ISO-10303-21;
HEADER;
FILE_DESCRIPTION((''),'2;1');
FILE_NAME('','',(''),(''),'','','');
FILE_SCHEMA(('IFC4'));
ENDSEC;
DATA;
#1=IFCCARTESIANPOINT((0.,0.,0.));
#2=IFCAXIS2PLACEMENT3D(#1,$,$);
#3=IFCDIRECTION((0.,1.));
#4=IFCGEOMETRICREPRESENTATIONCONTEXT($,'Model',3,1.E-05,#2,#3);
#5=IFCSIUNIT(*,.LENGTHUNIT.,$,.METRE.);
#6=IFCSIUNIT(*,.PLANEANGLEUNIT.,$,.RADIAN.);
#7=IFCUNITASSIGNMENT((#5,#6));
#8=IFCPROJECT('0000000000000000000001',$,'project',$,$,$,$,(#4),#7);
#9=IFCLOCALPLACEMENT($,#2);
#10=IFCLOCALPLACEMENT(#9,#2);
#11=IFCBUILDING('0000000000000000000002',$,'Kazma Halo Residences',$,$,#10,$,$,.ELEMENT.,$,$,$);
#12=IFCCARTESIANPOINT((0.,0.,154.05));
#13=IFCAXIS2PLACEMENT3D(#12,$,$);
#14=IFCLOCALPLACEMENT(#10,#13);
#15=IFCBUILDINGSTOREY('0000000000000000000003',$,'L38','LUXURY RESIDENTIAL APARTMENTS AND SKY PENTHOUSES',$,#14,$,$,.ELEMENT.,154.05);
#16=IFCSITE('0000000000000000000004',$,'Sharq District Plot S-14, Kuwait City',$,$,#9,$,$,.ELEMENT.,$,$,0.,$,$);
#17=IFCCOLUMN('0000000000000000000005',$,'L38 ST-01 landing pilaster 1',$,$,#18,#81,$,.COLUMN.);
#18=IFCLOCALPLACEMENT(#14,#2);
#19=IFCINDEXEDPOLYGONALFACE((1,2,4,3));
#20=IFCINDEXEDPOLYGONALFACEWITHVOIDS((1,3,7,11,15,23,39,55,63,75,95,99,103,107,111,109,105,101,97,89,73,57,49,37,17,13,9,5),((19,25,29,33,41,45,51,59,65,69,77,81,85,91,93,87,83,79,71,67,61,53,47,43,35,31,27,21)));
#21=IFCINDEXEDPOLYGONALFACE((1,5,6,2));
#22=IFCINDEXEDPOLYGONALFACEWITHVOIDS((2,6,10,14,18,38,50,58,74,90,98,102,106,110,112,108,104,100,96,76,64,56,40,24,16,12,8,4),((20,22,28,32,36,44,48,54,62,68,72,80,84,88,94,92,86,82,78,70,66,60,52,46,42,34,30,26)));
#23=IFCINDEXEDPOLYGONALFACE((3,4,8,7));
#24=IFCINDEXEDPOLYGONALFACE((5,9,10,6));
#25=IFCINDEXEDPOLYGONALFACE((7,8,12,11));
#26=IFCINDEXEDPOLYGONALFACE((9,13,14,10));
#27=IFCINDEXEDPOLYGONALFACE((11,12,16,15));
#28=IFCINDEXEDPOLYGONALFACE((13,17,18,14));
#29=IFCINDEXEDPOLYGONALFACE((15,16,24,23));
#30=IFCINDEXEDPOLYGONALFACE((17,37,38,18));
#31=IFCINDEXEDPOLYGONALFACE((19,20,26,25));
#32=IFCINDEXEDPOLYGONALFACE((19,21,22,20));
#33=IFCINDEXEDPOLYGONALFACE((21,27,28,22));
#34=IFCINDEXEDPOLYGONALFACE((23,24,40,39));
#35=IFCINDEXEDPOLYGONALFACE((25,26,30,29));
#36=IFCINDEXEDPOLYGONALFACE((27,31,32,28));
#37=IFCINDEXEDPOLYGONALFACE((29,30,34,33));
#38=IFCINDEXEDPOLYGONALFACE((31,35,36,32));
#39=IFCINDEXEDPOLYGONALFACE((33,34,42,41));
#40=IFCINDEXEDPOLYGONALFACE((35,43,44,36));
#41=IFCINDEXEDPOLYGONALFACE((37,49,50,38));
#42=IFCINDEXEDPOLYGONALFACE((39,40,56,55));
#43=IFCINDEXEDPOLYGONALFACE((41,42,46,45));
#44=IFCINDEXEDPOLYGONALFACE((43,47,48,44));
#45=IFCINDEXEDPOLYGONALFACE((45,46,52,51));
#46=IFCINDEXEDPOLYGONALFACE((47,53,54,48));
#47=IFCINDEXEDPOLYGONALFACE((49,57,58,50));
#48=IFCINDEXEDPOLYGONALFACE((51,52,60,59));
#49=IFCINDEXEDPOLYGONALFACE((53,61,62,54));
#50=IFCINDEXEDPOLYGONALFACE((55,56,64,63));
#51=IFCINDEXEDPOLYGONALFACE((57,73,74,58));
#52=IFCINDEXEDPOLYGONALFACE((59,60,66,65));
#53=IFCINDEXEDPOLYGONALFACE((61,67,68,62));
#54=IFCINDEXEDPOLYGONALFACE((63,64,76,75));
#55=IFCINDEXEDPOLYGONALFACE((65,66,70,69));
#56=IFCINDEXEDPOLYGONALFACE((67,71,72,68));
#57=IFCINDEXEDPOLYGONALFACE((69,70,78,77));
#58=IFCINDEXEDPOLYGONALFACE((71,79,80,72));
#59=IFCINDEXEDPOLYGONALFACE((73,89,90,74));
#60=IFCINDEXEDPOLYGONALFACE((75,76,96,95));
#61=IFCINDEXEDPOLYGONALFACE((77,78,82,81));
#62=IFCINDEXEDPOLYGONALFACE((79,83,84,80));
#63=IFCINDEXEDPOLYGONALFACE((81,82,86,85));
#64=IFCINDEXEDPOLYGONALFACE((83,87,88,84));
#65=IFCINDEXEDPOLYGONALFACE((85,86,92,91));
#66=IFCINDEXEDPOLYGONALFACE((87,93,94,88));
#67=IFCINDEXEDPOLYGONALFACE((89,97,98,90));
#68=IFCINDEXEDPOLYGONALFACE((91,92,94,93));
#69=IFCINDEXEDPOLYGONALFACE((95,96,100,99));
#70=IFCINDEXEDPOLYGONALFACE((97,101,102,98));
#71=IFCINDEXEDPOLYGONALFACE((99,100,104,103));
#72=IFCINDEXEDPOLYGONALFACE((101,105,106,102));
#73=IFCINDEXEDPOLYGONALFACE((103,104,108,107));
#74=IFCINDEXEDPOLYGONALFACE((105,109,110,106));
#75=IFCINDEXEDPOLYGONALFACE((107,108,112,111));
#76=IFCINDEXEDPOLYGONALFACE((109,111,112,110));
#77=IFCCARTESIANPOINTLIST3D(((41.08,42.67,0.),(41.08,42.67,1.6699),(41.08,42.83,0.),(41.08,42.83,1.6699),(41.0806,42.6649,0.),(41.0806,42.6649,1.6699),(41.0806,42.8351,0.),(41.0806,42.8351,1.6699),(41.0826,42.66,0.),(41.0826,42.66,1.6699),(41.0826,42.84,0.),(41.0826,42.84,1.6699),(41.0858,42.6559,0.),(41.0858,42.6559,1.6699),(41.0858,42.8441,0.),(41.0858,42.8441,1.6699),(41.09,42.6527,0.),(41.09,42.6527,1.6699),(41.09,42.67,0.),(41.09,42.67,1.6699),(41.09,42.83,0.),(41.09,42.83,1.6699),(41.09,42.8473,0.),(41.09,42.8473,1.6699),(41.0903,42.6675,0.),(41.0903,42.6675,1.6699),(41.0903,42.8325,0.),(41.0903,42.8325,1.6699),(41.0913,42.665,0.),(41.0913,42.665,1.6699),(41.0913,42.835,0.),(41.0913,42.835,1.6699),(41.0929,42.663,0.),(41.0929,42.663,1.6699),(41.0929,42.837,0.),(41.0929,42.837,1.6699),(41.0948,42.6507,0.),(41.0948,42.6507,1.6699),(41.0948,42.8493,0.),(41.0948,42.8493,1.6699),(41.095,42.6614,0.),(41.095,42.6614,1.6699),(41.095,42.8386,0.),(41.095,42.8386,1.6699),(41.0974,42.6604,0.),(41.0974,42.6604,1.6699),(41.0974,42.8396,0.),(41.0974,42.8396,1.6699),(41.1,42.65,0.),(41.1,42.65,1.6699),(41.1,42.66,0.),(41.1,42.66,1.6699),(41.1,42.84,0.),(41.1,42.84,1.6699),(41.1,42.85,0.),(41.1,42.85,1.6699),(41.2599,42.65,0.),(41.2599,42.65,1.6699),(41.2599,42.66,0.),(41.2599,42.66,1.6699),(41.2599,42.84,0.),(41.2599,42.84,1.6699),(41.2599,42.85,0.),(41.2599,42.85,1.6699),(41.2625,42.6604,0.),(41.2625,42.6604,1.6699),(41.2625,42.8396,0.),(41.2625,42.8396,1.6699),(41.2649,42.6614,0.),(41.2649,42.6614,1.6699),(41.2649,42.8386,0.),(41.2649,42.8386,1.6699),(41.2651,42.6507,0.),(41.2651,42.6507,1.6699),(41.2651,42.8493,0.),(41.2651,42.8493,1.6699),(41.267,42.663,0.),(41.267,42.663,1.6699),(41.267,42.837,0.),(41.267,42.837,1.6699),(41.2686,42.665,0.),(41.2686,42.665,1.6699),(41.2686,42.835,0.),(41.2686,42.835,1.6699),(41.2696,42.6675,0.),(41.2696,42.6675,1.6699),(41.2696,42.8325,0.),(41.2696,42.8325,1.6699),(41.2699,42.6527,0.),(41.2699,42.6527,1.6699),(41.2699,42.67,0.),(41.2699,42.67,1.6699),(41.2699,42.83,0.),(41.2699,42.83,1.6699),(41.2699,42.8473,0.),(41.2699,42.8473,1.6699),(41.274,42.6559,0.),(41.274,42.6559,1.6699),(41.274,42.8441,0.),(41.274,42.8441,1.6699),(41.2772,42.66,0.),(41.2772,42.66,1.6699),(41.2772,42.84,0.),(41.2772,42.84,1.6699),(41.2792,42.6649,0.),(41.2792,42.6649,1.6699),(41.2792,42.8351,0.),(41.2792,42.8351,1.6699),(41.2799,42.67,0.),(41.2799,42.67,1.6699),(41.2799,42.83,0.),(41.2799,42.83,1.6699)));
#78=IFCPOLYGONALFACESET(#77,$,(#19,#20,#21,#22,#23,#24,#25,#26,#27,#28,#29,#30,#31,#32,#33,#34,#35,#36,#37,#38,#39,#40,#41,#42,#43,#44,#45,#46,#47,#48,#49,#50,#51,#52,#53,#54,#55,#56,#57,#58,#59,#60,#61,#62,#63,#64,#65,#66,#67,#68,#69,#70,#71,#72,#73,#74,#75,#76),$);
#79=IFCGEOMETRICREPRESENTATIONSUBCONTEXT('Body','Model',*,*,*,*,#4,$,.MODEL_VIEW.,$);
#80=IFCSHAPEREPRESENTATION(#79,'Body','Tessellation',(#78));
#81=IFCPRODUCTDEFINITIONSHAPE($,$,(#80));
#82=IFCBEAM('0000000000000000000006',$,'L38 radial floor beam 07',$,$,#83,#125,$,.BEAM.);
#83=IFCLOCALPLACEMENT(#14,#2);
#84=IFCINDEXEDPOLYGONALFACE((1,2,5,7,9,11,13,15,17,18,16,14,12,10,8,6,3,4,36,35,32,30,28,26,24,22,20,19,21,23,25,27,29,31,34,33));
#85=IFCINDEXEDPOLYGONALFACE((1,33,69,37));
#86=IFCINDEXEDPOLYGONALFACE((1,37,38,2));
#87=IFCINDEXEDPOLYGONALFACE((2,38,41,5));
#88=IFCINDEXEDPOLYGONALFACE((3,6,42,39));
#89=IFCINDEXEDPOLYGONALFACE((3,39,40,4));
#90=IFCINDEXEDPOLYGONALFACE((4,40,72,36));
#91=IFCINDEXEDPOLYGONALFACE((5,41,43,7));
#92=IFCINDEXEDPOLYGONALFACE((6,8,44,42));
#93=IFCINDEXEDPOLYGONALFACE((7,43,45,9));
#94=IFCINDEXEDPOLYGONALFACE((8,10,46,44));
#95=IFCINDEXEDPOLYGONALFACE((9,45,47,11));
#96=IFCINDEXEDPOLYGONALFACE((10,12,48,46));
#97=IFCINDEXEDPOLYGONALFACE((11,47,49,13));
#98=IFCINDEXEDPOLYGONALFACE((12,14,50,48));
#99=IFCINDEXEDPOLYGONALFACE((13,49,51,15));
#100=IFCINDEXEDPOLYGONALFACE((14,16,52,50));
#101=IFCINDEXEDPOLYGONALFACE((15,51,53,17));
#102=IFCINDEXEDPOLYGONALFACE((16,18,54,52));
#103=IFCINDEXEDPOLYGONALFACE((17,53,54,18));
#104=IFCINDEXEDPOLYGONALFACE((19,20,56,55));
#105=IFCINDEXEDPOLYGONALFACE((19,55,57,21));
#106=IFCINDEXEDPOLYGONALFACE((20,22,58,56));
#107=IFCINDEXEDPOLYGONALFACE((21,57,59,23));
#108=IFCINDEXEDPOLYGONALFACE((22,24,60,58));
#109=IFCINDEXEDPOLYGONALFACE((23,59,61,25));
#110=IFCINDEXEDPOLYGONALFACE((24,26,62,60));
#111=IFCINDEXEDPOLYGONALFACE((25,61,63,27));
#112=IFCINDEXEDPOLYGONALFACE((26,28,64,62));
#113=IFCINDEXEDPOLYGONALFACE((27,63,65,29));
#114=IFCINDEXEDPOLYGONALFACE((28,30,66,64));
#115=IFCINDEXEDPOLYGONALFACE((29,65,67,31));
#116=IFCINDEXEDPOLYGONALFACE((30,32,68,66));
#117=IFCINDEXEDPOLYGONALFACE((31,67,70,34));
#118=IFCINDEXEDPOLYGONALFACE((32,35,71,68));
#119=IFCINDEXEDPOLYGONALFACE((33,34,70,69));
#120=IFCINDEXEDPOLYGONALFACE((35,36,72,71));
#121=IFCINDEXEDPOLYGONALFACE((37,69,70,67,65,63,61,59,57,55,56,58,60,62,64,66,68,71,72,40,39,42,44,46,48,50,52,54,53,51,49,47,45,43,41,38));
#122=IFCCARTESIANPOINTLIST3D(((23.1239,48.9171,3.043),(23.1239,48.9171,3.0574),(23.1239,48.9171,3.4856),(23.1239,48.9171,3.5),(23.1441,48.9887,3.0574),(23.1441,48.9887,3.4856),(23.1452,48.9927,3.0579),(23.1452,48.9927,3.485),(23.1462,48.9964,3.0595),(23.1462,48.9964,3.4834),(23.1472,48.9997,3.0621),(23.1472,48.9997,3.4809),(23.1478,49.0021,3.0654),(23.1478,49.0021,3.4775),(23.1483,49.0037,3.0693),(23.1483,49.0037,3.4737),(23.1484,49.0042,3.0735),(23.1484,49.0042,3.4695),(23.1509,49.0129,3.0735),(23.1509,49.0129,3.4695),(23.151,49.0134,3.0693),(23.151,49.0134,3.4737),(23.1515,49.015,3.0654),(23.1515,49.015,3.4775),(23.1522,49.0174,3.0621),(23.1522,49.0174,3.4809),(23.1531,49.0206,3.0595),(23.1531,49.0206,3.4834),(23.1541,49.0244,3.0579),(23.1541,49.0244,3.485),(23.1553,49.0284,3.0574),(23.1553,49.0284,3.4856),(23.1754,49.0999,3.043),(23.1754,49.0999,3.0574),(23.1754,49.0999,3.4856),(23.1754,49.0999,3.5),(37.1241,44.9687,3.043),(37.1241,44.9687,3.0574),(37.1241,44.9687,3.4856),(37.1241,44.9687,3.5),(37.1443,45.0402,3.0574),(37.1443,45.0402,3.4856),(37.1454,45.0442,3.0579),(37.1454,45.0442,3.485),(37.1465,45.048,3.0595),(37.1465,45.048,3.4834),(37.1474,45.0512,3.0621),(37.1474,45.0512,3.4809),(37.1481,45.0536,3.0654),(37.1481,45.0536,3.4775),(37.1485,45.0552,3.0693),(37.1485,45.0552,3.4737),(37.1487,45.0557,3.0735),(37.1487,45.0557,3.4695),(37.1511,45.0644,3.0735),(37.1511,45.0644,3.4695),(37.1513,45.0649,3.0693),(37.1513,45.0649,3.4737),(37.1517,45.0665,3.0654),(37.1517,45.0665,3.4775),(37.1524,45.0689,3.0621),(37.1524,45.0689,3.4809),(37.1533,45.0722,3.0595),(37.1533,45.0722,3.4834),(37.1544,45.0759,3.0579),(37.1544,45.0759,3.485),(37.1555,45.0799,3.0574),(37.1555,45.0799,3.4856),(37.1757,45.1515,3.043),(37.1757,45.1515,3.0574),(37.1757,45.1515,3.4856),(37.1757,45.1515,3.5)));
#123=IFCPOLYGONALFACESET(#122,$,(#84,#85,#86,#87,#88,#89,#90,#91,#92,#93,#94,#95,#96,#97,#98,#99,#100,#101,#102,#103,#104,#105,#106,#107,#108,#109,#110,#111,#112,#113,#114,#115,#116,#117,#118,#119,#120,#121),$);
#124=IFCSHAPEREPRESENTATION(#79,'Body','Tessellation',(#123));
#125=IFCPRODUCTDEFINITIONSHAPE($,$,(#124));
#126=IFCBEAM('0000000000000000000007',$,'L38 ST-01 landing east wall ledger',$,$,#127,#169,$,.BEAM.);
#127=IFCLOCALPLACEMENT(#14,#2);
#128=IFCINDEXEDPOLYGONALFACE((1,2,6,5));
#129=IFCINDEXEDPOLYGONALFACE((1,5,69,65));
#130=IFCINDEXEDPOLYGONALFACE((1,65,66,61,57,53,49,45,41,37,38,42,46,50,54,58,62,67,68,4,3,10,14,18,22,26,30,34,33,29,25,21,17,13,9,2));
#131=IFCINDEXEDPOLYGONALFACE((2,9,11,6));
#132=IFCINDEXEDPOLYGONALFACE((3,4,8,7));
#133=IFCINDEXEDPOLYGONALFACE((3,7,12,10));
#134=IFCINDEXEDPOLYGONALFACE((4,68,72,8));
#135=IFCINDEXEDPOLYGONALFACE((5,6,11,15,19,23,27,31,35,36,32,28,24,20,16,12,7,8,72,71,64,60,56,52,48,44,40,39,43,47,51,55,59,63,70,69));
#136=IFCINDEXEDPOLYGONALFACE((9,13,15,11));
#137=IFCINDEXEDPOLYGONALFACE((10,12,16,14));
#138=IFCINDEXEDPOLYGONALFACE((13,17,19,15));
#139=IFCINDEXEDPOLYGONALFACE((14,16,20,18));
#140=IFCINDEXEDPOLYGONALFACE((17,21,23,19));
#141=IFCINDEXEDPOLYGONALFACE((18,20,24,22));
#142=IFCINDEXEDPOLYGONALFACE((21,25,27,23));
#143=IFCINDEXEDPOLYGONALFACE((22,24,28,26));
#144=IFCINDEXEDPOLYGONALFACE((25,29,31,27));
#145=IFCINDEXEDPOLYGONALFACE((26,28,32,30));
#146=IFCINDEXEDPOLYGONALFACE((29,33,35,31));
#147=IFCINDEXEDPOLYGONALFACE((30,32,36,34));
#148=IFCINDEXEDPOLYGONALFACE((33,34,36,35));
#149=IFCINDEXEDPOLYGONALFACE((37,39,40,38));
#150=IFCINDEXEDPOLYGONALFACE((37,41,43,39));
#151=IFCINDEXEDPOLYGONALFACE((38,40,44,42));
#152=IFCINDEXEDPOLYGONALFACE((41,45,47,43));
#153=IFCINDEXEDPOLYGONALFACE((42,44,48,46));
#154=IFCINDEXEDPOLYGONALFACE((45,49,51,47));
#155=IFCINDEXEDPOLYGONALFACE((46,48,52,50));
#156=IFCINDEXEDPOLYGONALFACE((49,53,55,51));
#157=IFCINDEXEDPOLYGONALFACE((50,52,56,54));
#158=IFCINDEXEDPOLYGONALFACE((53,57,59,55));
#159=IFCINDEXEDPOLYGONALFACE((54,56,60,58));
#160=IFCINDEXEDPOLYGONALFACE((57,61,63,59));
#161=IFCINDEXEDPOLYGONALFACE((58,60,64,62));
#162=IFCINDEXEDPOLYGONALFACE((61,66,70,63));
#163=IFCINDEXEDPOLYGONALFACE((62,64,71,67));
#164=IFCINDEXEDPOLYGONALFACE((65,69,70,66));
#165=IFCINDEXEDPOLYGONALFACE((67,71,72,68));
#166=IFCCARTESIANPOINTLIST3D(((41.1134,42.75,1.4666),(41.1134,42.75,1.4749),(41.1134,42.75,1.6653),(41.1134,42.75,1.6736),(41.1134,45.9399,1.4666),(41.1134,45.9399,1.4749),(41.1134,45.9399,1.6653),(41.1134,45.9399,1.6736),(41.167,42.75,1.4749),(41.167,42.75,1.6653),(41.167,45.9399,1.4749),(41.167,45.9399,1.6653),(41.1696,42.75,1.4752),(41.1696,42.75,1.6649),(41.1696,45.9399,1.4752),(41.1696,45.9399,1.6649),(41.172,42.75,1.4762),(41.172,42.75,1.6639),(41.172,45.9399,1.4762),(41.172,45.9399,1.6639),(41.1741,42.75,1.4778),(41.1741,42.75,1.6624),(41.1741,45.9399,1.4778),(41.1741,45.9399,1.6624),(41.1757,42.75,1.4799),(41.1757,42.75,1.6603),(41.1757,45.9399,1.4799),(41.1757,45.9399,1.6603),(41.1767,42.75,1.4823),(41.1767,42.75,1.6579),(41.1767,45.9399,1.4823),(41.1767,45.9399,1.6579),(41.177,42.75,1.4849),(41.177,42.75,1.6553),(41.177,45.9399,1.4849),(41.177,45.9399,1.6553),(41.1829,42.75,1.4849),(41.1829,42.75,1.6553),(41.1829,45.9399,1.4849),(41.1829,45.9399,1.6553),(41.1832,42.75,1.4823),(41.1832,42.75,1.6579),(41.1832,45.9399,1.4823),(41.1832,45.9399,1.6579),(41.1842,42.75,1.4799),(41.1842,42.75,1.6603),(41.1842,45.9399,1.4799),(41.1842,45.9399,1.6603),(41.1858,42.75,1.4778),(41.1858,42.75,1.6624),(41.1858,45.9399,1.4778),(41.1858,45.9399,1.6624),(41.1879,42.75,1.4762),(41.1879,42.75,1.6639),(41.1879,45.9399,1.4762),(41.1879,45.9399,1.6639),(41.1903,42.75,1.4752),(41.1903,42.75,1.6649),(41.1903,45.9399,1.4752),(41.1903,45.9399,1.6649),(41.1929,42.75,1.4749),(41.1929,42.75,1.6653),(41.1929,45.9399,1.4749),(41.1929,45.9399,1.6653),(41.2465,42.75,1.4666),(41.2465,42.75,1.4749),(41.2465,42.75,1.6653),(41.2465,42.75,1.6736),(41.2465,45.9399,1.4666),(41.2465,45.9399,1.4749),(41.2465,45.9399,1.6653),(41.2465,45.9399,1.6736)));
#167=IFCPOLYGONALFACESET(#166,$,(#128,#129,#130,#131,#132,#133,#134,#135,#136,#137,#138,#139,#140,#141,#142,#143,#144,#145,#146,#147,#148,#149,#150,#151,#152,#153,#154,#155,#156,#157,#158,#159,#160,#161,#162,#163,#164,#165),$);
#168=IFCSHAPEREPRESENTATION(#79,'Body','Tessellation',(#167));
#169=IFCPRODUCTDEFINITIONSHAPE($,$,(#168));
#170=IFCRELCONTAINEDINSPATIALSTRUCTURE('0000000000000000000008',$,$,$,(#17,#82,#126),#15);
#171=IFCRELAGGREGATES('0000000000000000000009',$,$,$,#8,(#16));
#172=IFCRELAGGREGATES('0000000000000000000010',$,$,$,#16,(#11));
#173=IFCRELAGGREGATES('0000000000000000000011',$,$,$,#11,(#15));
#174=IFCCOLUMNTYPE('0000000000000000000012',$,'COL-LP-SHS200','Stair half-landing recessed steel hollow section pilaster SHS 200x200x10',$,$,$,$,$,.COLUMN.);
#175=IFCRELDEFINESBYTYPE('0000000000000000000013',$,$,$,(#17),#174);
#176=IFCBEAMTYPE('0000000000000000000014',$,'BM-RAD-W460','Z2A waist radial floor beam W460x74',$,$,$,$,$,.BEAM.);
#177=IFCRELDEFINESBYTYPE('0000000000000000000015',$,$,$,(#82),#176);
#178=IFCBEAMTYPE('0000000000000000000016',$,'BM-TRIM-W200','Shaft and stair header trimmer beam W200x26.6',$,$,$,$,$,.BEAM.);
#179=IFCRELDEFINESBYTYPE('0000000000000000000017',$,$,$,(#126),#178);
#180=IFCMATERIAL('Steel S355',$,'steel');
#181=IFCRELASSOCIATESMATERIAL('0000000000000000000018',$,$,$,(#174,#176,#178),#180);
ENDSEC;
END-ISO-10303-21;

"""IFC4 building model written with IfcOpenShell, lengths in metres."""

from ifc_helpers import new_model, si_unit, direction, frame, origin, origin_2d, place, context, subcontext, project, spatial, hollow_rectangle, i_section, extrude, material, material_profile, profile_set, type_object, element, save


model = new_model("IFC4")

# Units and contexts
model_context = context("Model", 3, precision=1e-05, world=origin(), true_north=direction((0.0, 1.0)))
body_context = subcontext(model_context, "Body", "Model", "MODEL_VIEW")
ifc_project = project(units=[si_unit("LENGTHUNIT", "METRE"), si_unit("PLANEANGLEUNIT", "RADIAN")], contexts=[model_context])

# Site, building, storey
site_placement = place(None, origin())
site = spatial("IfcSite", under=ifc_project, at=site_placement, Name="Sharq District Plot S-14, Kuwait City", CompositionType="ELEMENT", RefElevation=0.0)
building_placement = place(site_placement, origin())
building = spatial("IfcBuilding", under=site, at=building_placement, Name="Kazma Halo Residences", CompositionType="ELEMENT")
storey_placement = place(building_placement, frame((0.0, 0.0, 154.05)))
storey = spatial("IfcBuildingStorey", under=building, at=storey_placement, Name="L38", Description="LUXURY RESIDENTIAL APARTMENTS AND SKY PENTHOUSES", CompositionType="ELEMENT", Elevation=154.05)

# Column
ifc_material_1 = material(Name="Steel S355", Category="steel")
ifc_material_profile_1 = material_profile(ifc_material_1, hollow_rectangle(XDim=0.2, YDim=0.2, WallThickness=0.01, InnerFilletRadius=0.01, OuterFilletRadius=0.02, at=origin_2d()), Name="SHS200x200x10")
ifc_profile_set_1 = profile_set([ifc_material_profile_1], Name="Steel S355")
column_type = type_object("IfcColumnType", Name="COL-LP-SHS200", Description="Stair half-landing recessed steel hollow section pilaster SHS 200x200x10", PredefinedType="COLUMN", material=ifc_profile_set_1)
column_placement = place(storey_placement, frame((41.1799, 42.75, 0.0), z_axis=(0.0, 0.0, 1.0), x_axis=(1.0, 0.0, 0.0)))
element("IfcColumn", 1, at=column_placement, inside=storey, type_object=column_type, Name="L38 ST-01 landing pilaster 1", PredefinedType="COLUMN", context=body_context, shape_type="SweptSolid", body=[
    extrude(hollow_rectangle(XDim=0.2, YDim=0.2, WallThickness=0.01, InnerFilletRadius=0.01, OuterFilletRadius=0.02, at=origin_2d()), origin(), (0.0, 0.0, 1.0), 1.6699),
])

# Beams
ifc_material_profile_2 = material_profile(ifc_material_1, i_section(OverallWidth=0.1899, OverallDepth=0.457, WebThickness=0.009, FlangeThickness=0.0144, FilletRadius=0.0161, at=origin_2d()), Name="W460x74")
ifc_profile_set_2 = profile_set([ifc_material_profile_2], Name="Steel S355")
beam_type_1 = type_object("IfcBeamType", Name="BM-RAD-W460", Description="Z2A waist radial floor beam W460x74", PredefinedType="BEAM", material=ifc_profile_set_2)
beam_1_placement = place(storey_placement, frame((37.1499, 45.0601, 3.2715), z_axis=(-0.962455, 0.271441, 0.0), x_axis=(-0.271441, -0.962455, 0.0)))
element("IfcBeam", 2, at=beam_1_placement, inside=storey, type_object=beam_type_1, Name="L38 radial floor beam 07", PredefinedType="BEAM", context=body_context, shape_type="SweptSolid", body=[
    extrude(i_section(OverallWidth=0.1899, OverallDepth=0.457, WebThickness=0.009, FlangeThickness=0.0144, FilletRadius=0.0161, at=origin_2d()), origin(), (0.0, 0.0, 1.0), 14.5464),
])
ifc_material_profile_3 = material_profile(ifc_material_1, i_section(OverallWidth=0.1331, OverallDepth=0.207, WebThickness=0.0059, FlangeThickness=0.0083, FilletRadius=0.01, at=origin_2d()), Name="W200x26.6")
ifc_profile_set_3 = profile_set([ifc_material_profile_3], Name="Steel S355")
beam_type_2 = type_object("IfcBeamType", Name="BM-TRIM-W200", Description="Shaft and stair header trimmer beam W200x26.6", PredefinedType="BEAM", material=ifc_profile_set_3)
beam_2_placement = place(storey_placement, frame((41.1799, 42.75, 1.5701), z_axis=(0.0, 1.0, 0.0), x_axis=(-1.0, 0.0, 0.0)))
element("IfcBeam", 3, at=beam_2_placement, inside=storey, type_object=beam_type_2, Name="L38 ST-01 landing east wall ledger", PredefinedType="BEAM", context=body_context, shape_type="SweptSolid", body=[
    extrude(i_section(OverallWidth=0.1331, OverallDepth=0.207, WebThickness=0.0059, FlangeThickness=0.0083, FilletRadius=0.01, at=origin_2d()), origin(), (0.0, 0.0, 1.0), 3.1899),
])

save(model, "model.ifc")
